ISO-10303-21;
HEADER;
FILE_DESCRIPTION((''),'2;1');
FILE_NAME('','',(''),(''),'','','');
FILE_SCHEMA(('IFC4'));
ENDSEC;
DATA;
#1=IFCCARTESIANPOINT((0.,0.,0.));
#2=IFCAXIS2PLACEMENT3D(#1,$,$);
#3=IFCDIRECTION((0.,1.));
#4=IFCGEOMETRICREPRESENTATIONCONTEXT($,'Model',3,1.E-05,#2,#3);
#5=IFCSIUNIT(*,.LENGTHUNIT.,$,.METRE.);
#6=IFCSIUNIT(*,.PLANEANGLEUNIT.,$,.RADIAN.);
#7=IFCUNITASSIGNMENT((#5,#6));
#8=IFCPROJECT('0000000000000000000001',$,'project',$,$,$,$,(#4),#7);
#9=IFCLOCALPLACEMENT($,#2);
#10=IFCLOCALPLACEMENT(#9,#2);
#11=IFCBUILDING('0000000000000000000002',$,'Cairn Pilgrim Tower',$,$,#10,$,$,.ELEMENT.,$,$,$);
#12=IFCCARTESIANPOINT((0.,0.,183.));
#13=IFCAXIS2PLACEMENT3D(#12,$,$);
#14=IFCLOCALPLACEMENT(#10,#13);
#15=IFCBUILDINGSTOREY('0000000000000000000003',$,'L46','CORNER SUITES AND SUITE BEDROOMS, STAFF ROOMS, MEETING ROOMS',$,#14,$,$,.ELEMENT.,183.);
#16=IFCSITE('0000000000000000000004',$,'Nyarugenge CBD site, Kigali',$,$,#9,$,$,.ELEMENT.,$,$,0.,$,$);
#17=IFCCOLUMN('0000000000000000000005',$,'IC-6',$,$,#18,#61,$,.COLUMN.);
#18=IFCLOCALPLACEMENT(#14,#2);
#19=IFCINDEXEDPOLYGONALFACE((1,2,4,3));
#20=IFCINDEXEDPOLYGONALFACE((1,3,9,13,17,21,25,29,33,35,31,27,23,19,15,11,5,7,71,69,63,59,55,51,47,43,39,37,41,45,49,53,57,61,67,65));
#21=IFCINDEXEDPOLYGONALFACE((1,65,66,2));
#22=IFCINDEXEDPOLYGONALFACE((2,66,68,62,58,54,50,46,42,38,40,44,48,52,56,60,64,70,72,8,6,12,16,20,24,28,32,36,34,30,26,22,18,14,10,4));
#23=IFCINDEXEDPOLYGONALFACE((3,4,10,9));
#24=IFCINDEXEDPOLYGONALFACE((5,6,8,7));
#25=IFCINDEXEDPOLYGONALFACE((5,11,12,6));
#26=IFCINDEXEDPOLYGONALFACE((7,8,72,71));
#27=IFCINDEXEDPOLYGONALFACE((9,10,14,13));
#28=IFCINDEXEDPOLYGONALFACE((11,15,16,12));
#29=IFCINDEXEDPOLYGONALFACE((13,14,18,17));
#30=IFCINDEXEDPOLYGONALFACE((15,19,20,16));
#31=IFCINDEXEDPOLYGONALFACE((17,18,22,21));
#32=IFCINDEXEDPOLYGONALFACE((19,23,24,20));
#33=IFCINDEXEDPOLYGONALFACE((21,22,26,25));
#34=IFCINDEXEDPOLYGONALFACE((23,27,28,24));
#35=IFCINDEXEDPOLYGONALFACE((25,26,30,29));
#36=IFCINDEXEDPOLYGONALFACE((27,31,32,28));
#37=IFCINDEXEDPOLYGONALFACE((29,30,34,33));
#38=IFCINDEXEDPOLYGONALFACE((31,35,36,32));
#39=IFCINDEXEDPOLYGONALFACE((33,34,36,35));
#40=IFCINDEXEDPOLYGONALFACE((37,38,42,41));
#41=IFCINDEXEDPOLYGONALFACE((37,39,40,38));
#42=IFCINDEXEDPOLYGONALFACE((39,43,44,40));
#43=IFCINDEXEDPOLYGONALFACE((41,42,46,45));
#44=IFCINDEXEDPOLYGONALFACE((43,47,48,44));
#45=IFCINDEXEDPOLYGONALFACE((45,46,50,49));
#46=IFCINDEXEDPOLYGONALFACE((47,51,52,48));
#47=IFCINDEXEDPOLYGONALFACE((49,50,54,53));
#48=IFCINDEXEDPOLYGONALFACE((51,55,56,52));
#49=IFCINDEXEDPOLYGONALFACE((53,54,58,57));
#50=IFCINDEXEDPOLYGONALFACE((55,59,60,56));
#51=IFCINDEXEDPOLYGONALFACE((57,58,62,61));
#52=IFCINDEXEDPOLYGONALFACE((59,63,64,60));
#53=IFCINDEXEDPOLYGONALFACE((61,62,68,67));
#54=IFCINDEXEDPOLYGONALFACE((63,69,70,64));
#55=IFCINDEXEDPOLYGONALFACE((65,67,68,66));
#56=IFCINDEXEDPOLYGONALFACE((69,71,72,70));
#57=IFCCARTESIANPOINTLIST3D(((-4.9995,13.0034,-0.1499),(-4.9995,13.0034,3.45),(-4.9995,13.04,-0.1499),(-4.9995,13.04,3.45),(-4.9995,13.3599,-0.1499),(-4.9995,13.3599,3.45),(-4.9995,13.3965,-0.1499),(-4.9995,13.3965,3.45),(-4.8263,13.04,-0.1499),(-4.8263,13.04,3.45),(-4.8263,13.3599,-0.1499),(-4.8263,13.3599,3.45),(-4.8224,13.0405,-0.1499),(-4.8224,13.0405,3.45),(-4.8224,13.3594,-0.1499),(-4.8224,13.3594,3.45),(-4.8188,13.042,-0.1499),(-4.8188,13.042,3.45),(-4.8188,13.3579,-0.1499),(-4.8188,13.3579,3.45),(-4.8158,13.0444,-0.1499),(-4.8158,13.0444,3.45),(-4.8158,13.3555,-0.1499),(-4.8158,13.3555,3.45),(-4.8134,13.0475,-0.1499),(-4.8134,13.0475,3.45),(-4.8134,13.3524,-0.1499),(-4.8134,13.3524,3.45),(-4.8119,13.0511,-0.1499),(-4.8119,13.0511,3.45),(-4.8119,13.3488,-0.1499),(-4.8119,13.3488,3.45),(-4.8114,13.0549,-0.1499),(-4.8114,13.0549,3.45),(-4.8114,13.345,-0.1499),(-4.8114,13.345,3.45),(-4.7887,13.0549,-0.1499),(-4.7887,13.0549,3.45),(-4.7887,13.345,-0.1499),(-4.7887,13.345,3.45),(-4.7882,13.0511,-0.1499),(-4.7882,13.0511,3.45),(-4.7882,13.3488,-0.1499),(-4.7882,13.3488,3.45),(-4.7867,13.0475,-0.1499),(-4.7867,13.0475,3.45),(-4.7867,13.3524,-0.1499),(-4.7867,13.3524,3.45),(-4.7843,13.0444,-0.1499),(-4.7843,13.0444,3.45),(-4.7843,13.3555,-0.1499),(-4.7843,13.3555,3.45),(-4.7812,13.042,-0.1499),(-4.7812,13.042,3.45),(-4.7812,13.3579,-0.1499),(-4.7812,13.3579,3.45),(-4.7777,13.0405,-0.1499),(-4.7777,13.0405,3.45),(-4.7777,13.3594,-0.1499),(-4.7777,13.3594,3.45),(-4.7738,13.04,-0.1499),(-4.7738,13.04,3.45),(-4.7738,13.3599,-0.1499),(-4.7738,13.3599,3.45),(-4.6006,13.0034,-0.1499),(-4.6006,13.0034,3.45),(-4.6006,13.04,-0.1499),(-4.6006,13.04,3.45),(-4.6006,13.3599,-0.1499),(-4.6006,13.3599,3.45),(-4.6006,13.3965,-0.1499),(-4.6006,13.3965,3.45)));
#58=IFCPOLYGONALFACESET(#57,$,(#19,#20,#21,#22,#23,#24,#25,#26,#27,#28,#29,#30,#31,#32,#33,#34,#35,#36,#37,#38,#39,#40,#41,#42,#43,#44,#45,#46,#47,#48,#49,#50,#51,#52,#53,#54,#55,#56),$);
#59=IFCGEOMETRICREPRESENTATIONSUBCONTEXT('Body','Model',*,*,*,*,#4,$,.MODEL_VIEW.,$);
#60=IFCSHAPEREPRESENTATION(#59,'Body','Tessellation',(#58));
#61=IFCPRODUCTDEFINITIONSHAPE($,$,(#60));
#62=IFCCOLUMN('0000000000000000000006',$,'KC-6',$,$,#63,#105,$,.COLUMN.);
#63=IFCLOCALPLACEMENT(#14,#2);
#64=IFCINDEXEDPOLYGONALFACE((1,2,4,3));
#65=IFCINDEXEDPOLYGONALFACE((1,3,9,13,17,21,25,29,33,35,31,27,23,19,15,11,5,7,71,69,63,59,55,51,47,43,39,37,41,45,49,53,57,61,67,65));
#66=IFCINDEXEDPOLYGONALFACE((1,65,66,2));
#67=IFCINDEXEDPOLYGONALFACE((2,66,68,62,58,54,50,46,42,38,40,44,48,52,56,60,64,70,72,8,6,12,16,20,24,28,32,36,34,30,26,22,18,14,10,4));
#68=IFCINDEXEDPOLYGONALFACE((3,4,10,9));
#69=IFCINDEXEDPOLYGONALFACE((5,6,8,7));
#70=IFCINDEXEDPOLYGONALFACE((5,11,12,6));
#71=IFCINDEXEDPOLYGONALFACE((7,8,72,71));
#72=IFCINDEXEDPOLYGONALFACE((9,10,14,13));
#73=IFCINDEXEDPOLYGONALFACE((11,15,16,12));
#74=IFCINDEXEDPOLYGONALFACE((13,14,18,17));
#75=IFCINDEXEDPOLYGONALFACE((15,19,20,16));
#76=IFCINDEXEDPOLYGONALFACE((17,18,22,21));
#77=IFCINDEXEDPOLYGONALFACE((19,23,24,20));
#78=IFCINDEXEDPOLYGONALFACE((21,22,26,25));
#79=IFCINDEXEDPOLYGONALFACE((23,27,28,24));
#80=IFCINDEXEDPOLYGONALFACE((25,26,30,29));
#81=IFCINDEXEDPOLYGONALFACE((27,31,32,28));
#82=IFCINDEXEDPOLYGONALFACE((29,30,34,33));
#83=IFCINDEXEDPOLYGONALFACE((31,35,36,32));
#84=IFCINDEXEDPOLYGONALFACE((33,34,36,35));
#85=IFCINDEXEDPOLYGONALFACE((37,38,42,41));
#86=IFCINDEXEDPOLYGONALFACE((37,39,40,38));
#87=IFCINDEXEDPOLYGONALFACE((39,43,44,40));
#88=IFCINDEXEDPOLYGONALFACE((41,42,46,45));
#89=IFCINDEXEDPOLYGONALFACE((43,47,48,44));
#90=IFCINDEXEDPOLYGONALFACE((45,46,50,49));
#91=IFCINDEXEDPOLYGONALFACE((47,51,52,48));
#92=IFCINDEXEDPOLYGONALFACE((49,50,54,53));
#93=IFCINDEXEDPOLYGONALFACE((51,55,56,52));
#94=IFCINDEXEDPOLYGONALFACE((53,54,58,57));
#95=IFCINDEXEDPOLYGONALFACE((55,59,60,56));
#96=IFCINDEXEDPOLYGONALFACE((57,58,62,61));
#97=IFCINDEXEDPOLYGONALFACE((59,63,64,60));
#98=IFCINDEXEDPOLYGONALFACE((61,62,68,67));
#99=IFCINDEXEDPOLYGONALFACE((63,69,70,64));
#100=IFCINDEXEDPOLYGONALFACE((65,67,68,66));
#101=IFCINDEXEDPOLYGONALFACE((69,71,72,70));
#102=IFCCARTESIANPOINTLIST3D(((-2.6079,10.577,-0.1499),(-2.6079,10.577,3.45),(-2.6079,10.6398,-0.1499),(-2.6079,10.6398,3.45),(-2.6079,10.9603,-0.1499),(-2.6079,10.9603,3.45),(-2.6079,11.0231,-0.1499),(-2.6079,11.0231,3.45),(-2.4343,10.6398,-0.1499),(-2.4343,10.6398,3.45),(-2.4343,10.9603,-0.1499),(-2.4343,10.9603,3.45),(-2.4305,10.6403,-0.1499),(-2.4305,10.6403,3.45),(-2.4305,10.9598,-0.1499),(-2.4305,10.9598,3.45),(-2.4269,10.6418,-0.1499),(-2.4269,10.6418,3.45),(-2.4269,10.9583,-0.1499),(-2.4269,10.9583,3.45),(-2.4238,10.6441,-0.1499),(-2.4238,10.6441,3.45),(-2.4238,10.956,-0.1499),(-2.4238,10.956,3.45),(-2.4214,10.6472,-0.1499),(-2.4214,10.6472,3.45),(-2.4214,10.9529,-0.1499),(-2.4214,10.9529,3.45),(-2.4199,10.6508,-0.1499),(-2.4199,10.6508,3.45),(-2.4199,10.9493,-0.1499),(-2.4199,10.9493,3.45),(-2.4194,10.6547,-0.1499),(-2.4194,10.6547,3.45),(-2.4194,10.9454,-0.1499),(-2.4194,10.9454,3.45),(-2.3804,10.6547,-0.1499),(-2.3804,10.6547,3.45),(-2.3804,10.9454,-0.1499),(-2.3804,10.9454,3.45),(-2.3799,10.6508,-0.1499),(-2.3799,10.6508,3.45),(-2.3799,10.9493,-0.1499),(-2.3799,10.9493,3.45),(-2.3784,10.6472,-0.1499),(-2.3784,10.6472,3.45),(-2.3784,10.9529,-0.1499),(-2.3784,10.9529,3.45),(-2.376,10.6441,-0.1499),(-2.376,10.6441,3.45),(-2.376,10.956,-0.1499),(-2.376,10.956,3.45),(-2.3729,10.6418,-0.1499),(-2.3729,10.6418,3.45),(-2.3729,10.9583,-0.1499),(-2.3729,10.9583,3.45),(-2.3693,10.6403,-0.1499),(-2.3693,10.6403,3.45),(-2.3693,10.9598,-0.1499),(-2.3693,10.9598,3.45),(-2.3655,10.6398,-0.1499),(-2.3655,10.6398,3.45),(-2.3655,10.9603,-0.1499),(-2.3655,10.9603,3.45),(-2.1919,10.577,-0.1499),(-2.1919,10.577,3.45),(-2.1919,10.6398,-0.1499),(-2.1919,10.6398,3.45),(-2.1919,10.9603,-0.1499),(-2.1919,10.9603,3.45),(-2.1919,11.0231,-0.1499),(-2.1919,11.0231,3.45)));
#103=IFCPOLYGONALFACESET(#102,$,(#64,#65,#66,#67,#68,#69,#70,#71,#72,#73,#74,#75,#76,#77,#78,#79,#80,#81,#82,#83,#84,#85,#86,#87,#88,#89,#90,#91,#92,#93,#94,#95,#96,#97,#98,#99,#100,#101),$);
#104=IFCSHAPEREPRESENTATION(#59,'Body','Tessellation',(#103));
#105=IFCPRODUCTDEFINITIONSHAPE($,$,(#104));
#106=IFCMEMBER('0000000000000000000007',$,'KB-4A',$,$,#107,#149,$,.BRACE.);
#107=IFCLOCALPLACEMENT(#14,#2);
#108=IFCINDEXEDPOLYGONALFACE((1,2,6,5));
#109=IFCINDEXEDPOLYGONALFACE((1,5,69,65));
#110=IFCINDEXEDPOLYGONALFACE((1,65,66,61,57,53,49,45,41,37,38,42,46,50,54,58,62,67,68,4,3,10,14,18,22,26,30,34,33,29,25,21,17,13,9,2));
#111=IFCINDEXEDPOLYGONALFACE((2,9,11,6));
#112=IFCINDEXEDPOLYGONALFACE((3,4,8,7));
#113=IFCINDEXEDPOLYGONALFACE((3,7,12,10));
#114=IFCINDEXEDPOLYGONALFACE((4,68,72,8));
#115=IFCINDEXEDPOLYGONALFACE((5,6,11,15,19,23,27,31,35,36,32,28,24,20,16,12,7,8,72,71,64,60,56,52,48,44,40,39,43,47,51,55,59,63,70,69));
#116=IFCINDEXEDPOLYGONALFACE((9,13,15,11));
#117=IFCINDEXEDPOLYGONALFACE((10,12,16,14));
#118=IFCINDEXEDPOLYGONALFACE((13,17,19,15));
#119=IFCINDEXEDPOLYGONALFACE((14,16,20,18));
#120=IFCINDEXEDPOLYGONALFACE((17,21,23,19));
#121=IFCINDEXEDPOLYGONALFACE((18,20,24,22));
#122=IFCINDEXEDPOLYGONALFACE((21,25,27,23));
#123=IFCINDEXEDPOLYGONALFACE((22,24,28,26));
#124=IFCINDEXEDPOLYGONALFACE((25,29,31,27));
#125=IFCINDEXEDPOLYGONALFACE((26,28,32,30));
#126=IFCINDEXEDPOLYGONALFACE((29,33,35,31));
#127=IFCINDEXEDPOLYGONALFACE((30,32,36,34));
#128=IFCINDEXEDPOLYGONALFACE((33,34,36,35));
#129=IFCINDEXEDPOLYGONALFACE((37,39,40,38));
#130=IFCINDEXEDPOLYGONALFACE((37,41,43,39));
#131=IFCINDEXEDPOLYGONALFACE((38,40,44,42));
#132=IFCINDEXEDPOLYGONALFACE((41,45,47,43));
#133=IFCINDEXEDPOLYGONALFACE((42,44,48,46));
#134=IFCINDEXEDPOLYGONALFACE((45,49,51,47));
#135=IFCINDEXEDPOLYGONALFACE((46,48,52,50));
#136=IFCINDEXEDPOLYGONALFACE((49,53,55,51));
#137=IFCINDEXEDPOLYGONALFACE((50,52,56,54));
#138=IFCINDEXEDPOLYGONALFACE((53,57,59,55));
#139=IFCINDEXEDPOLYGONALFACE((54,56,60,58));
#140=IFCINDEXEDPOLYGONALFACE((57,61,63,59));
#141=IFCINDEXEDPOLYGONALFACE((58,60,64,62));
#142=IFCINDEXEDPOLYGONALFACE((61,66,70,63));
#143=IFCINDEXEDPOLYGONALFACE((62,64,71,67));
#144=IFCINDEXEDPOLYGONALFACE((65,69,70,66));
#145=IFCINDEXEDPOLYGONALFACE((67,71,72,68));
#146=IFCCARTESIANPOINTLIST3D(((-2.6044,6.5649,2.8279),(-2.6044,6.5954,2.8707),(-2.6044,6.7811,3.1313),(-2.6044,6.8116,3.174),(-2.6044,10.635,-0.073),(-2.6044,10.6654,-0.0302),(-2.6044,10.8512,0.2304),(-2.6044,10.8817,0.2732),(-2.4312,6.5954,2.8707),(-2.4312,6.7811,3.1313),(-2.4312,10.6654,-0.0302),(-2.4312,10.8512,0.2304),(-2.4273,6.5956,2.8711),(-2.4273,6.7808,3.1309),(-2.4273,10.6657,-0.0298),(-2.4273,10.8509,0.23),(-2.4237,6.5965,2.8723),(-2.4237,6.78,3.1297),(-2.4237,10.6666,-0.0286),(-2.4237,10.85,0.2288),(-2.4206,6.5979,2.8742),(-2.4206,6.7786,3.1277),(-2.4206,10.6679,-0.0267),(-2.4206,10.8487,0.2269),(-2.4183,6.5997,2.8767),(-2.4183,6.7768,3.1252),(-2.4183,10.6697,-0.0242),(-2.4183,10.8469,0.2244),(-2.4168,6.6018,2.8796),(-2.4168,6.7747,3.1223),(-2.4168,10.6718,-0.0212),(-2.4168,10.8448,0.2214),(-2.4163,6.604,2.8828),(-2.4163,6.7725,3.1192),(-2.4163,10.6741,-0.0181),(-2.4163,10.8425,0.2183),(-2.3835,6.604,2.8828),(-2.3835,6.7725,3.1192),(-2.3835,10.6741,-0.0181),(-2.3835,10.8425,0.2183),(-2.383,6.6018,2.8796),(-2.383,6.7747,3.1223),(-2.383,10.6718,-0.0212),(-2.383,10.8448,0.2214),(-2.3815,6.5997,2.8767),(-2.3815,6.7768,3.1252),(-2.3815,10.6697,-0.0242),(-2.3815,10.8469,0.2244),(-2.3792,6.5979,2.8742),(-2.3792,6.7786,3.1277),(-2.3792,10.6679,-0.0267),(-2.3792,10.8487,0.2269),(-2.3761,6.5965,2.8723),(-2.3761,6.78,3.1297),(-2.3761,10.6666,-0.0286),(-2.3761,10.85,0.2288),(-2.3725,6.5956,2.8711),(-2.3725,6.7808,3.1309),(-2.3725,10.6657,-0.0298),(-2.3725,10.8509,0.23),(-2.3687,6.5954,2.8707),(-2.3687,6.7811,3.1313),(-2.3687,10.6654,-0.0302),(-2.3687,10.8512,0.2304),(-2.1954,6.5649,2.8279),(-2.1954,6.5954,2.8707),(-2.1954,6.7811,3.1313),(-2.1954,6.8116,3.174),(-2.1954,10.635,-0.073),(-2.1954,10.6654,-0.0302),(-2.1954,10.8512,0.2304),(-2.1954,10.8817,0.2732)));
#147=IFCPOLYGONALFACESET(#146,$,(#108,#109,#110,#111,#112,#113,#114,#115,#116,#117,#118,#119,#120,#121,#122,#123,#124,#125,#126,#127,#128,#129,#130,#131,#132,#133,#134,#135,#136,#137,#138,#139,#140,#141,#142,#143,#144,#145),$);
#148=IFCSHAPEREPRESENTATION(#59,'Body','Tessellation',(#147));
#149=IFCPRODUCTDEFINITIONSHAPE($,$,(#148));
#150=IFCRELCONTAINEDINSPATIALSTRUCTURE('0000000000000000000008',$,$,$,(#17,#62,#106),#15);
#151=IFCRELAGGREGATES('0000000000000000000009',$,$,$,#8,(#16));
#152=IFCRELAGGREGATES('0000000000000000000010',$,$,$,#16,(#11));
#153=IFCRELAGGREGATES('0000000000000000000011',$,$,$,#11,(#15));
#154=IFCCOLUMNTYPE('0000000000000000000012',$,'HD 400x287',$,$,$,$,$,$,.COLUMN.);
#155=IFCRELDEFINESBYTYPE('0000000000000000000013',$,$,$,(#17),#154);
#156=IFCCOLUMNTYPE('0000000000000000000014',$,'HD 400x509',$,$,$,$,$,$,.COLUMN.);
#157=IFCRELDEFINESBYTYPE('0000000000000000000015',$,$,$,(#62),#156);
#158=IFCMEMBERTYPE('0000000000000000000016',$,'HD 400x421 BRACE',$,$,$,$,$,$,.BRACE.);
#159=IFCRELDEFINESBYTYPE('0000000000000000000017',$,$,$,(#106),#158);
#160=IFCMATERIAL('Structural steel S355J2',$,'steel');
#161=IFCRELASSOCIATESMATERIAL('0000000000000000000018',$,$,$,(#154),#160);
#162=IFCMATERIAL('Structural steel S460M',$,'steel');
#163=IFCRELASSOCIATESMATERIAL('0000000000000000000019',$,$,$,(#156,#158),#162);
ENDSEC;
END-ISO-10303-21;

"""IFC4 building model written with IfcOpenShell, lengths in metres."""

from ifc_helpers import new_model, si_unit, direction, frame, origin, origin_2d, place, context, subcontext, project, spatial, i_section, extrude, material, material_profile, profile_set, type_object, element, save


model = new_model("IFC4")

# Units and contexts
model_context = context("Model", 3, precision=1e-05, world=origin(), true_north=direction((0.0, 1.0)))
body_context = subcontext(model_context, "Body", "Model", "MODEL_VIEW")
ifc_project = project(units=[si_unit("LENGTHUNIT", "METRE"), si_unit("PLANEANGLEUNIT", "RADIAN")], contexts=[model_context])

# Site, building, storey
site_placement = place(None, origin())
site = spatial("IfcSite", under=ifc_project, at=site_placement, Name="Nyarugenge CBD site, Kigali", CompositionType="ELEMENT", RefElevation=0.0)
building_placement = place(site_placement, origin())
building = spatial("IfcBuilding", under=site, at=building_placement, Name="Cairn Pilgrim Tower", CompositionType="ELEMENT")
storey_placement = place(building_placement, frame((0.0, 0.0, 183.0)))
storey = spatial("IfcBuildingStorey", under=building, at=storey_placement, Name="L46", Description="CORNER SUITES AND SUITE BEDROOMS, STAFF ROOMS, MEETING ROOMS", CompositionType="ELEMENT", Elevation=183.0)

# Columns
ifc_material_1 = material(Name="Structural steel S355J2", Category="steel")
ifc_material_profile_1 = material_profile(ifc_material_1, i_section(OverallWidth=0.3989, OverallDepth=0.3931, WebThickness=0.0227, FlangeThickness=0.0366, FilletRadius=0.0149, at=origin_2d()), Name="HD 400x287")
ifc_profile_set_1 = profile_set([ifc_material_profile_1], Name="Structural steel S355J2")
column_type_1 = type_object("IfcColumnType", Name="HD 400x287", PredefinedType="COLUMN", material=ifc_profile_set_1)
column_1_placement = place(storey_placement, frame((-4.8, 13.2, -0.1499), z_axis=(0.0, 0.0, 1.0), x_axis=(1.0, 0.0, 0.0)))
element("IfcColumn", 1, at=column_1_placement, inside=storey, type_object=column_type_1, Name="IC-6", PredefinedType="COLUMN", context=body_context, shape_type="SweptSolid", body=[
    extrude(i_section(OverallWidth=0.3989, OverallDepth=0.3931, WebThickness=0.0227, FlangeThickness=0.0366, FilletRadius=0.0149, at=origin_2d()), origin(), (0.0, 0.0, 1.0), 3.5999),
])
ifc_material_2 = material(Name="Structural steel S460M", Category="steel")
ifc_material_profile_2 = material_profile(ifc_material_2, i_section(OverallWidth=0.416, OverallDepth=0.446, WebThickness=0.0391, FlangeThickness=0.0627, FilletRadius=0.0149, at=origin_2d()), Name="HD 400x509")
ifc_profile_set_2 = profile_set([ifc_material_profile_2], Name="Structural steel S460M")
column_type_2 = type_object("IfcColumnType", Name="HD 400x509", PredefinedType="COLUMN", material=ifc_profile_set_2)
column_2_placement = place(storey_placement, frame((-2.3999, 10.8, -0.1499), z_axis=(0.0, 0.0, 1.0), x_axis=(1.0, 0.0, 0.0)))
element("IfcColumn", 2, at=column_2_placement, inside=storey, type_object=column_type_2, Name="KC-6", PredefinedType="COLUMN", context=body_context, shape_type="SweptSolid", body=[
    extrude(i_section(OverallWidth=0.416, OverallDepth=0.446, WebThickness=0.0391, FlangeThickness=0.0627, FilletRadius=0.0149, at=origin_2d()), origin(), (0.0, 0.0, 1.0), 3.5999),
])

# Member
ifc_material_profile_3 = material_profile(ifc_material_2, i_section(OverallWidth=0.4089, OverallDepth=0.425, WebThickness=0.0327, FlangeThickness=0.0525, FilletRadius=0.0149, at=origin_2d()), Name="HD 400x421")
ifc_profile_set_3 = profile_set([ifc_material_profile_3], Name="Structural steel S460M")
member_type = type_object("IfcMemberType", Name="HD 400x421 BRACE", PredefinedType="BRACE", material=ifc_profile_set_3)
member_placement = place(storey_placement, frame((-2.3999, 10.7583, 0.1001), z_axis=(0.0, -0.81433, 0.580402), x_axis=(1.0, 0.0, 0.0)))
element("IfcMember", 3, at=member_placement, inside=storey, type_object=member_type, Name="KB-4A", PredefinedType="BRACE", context=body_context, shape_type="SweptSolid", body=[
    extrude(i_section(OverallWidth=0.4089, OverallDepth=0.425, WebThickness=0.0327, FlangeThickness=0.0525, FilletRadius=0.0149, at=origin_2d()), origin(), (0.0, 0.0, 1.0), 4.998),
])

save(model, "model.ifc")
